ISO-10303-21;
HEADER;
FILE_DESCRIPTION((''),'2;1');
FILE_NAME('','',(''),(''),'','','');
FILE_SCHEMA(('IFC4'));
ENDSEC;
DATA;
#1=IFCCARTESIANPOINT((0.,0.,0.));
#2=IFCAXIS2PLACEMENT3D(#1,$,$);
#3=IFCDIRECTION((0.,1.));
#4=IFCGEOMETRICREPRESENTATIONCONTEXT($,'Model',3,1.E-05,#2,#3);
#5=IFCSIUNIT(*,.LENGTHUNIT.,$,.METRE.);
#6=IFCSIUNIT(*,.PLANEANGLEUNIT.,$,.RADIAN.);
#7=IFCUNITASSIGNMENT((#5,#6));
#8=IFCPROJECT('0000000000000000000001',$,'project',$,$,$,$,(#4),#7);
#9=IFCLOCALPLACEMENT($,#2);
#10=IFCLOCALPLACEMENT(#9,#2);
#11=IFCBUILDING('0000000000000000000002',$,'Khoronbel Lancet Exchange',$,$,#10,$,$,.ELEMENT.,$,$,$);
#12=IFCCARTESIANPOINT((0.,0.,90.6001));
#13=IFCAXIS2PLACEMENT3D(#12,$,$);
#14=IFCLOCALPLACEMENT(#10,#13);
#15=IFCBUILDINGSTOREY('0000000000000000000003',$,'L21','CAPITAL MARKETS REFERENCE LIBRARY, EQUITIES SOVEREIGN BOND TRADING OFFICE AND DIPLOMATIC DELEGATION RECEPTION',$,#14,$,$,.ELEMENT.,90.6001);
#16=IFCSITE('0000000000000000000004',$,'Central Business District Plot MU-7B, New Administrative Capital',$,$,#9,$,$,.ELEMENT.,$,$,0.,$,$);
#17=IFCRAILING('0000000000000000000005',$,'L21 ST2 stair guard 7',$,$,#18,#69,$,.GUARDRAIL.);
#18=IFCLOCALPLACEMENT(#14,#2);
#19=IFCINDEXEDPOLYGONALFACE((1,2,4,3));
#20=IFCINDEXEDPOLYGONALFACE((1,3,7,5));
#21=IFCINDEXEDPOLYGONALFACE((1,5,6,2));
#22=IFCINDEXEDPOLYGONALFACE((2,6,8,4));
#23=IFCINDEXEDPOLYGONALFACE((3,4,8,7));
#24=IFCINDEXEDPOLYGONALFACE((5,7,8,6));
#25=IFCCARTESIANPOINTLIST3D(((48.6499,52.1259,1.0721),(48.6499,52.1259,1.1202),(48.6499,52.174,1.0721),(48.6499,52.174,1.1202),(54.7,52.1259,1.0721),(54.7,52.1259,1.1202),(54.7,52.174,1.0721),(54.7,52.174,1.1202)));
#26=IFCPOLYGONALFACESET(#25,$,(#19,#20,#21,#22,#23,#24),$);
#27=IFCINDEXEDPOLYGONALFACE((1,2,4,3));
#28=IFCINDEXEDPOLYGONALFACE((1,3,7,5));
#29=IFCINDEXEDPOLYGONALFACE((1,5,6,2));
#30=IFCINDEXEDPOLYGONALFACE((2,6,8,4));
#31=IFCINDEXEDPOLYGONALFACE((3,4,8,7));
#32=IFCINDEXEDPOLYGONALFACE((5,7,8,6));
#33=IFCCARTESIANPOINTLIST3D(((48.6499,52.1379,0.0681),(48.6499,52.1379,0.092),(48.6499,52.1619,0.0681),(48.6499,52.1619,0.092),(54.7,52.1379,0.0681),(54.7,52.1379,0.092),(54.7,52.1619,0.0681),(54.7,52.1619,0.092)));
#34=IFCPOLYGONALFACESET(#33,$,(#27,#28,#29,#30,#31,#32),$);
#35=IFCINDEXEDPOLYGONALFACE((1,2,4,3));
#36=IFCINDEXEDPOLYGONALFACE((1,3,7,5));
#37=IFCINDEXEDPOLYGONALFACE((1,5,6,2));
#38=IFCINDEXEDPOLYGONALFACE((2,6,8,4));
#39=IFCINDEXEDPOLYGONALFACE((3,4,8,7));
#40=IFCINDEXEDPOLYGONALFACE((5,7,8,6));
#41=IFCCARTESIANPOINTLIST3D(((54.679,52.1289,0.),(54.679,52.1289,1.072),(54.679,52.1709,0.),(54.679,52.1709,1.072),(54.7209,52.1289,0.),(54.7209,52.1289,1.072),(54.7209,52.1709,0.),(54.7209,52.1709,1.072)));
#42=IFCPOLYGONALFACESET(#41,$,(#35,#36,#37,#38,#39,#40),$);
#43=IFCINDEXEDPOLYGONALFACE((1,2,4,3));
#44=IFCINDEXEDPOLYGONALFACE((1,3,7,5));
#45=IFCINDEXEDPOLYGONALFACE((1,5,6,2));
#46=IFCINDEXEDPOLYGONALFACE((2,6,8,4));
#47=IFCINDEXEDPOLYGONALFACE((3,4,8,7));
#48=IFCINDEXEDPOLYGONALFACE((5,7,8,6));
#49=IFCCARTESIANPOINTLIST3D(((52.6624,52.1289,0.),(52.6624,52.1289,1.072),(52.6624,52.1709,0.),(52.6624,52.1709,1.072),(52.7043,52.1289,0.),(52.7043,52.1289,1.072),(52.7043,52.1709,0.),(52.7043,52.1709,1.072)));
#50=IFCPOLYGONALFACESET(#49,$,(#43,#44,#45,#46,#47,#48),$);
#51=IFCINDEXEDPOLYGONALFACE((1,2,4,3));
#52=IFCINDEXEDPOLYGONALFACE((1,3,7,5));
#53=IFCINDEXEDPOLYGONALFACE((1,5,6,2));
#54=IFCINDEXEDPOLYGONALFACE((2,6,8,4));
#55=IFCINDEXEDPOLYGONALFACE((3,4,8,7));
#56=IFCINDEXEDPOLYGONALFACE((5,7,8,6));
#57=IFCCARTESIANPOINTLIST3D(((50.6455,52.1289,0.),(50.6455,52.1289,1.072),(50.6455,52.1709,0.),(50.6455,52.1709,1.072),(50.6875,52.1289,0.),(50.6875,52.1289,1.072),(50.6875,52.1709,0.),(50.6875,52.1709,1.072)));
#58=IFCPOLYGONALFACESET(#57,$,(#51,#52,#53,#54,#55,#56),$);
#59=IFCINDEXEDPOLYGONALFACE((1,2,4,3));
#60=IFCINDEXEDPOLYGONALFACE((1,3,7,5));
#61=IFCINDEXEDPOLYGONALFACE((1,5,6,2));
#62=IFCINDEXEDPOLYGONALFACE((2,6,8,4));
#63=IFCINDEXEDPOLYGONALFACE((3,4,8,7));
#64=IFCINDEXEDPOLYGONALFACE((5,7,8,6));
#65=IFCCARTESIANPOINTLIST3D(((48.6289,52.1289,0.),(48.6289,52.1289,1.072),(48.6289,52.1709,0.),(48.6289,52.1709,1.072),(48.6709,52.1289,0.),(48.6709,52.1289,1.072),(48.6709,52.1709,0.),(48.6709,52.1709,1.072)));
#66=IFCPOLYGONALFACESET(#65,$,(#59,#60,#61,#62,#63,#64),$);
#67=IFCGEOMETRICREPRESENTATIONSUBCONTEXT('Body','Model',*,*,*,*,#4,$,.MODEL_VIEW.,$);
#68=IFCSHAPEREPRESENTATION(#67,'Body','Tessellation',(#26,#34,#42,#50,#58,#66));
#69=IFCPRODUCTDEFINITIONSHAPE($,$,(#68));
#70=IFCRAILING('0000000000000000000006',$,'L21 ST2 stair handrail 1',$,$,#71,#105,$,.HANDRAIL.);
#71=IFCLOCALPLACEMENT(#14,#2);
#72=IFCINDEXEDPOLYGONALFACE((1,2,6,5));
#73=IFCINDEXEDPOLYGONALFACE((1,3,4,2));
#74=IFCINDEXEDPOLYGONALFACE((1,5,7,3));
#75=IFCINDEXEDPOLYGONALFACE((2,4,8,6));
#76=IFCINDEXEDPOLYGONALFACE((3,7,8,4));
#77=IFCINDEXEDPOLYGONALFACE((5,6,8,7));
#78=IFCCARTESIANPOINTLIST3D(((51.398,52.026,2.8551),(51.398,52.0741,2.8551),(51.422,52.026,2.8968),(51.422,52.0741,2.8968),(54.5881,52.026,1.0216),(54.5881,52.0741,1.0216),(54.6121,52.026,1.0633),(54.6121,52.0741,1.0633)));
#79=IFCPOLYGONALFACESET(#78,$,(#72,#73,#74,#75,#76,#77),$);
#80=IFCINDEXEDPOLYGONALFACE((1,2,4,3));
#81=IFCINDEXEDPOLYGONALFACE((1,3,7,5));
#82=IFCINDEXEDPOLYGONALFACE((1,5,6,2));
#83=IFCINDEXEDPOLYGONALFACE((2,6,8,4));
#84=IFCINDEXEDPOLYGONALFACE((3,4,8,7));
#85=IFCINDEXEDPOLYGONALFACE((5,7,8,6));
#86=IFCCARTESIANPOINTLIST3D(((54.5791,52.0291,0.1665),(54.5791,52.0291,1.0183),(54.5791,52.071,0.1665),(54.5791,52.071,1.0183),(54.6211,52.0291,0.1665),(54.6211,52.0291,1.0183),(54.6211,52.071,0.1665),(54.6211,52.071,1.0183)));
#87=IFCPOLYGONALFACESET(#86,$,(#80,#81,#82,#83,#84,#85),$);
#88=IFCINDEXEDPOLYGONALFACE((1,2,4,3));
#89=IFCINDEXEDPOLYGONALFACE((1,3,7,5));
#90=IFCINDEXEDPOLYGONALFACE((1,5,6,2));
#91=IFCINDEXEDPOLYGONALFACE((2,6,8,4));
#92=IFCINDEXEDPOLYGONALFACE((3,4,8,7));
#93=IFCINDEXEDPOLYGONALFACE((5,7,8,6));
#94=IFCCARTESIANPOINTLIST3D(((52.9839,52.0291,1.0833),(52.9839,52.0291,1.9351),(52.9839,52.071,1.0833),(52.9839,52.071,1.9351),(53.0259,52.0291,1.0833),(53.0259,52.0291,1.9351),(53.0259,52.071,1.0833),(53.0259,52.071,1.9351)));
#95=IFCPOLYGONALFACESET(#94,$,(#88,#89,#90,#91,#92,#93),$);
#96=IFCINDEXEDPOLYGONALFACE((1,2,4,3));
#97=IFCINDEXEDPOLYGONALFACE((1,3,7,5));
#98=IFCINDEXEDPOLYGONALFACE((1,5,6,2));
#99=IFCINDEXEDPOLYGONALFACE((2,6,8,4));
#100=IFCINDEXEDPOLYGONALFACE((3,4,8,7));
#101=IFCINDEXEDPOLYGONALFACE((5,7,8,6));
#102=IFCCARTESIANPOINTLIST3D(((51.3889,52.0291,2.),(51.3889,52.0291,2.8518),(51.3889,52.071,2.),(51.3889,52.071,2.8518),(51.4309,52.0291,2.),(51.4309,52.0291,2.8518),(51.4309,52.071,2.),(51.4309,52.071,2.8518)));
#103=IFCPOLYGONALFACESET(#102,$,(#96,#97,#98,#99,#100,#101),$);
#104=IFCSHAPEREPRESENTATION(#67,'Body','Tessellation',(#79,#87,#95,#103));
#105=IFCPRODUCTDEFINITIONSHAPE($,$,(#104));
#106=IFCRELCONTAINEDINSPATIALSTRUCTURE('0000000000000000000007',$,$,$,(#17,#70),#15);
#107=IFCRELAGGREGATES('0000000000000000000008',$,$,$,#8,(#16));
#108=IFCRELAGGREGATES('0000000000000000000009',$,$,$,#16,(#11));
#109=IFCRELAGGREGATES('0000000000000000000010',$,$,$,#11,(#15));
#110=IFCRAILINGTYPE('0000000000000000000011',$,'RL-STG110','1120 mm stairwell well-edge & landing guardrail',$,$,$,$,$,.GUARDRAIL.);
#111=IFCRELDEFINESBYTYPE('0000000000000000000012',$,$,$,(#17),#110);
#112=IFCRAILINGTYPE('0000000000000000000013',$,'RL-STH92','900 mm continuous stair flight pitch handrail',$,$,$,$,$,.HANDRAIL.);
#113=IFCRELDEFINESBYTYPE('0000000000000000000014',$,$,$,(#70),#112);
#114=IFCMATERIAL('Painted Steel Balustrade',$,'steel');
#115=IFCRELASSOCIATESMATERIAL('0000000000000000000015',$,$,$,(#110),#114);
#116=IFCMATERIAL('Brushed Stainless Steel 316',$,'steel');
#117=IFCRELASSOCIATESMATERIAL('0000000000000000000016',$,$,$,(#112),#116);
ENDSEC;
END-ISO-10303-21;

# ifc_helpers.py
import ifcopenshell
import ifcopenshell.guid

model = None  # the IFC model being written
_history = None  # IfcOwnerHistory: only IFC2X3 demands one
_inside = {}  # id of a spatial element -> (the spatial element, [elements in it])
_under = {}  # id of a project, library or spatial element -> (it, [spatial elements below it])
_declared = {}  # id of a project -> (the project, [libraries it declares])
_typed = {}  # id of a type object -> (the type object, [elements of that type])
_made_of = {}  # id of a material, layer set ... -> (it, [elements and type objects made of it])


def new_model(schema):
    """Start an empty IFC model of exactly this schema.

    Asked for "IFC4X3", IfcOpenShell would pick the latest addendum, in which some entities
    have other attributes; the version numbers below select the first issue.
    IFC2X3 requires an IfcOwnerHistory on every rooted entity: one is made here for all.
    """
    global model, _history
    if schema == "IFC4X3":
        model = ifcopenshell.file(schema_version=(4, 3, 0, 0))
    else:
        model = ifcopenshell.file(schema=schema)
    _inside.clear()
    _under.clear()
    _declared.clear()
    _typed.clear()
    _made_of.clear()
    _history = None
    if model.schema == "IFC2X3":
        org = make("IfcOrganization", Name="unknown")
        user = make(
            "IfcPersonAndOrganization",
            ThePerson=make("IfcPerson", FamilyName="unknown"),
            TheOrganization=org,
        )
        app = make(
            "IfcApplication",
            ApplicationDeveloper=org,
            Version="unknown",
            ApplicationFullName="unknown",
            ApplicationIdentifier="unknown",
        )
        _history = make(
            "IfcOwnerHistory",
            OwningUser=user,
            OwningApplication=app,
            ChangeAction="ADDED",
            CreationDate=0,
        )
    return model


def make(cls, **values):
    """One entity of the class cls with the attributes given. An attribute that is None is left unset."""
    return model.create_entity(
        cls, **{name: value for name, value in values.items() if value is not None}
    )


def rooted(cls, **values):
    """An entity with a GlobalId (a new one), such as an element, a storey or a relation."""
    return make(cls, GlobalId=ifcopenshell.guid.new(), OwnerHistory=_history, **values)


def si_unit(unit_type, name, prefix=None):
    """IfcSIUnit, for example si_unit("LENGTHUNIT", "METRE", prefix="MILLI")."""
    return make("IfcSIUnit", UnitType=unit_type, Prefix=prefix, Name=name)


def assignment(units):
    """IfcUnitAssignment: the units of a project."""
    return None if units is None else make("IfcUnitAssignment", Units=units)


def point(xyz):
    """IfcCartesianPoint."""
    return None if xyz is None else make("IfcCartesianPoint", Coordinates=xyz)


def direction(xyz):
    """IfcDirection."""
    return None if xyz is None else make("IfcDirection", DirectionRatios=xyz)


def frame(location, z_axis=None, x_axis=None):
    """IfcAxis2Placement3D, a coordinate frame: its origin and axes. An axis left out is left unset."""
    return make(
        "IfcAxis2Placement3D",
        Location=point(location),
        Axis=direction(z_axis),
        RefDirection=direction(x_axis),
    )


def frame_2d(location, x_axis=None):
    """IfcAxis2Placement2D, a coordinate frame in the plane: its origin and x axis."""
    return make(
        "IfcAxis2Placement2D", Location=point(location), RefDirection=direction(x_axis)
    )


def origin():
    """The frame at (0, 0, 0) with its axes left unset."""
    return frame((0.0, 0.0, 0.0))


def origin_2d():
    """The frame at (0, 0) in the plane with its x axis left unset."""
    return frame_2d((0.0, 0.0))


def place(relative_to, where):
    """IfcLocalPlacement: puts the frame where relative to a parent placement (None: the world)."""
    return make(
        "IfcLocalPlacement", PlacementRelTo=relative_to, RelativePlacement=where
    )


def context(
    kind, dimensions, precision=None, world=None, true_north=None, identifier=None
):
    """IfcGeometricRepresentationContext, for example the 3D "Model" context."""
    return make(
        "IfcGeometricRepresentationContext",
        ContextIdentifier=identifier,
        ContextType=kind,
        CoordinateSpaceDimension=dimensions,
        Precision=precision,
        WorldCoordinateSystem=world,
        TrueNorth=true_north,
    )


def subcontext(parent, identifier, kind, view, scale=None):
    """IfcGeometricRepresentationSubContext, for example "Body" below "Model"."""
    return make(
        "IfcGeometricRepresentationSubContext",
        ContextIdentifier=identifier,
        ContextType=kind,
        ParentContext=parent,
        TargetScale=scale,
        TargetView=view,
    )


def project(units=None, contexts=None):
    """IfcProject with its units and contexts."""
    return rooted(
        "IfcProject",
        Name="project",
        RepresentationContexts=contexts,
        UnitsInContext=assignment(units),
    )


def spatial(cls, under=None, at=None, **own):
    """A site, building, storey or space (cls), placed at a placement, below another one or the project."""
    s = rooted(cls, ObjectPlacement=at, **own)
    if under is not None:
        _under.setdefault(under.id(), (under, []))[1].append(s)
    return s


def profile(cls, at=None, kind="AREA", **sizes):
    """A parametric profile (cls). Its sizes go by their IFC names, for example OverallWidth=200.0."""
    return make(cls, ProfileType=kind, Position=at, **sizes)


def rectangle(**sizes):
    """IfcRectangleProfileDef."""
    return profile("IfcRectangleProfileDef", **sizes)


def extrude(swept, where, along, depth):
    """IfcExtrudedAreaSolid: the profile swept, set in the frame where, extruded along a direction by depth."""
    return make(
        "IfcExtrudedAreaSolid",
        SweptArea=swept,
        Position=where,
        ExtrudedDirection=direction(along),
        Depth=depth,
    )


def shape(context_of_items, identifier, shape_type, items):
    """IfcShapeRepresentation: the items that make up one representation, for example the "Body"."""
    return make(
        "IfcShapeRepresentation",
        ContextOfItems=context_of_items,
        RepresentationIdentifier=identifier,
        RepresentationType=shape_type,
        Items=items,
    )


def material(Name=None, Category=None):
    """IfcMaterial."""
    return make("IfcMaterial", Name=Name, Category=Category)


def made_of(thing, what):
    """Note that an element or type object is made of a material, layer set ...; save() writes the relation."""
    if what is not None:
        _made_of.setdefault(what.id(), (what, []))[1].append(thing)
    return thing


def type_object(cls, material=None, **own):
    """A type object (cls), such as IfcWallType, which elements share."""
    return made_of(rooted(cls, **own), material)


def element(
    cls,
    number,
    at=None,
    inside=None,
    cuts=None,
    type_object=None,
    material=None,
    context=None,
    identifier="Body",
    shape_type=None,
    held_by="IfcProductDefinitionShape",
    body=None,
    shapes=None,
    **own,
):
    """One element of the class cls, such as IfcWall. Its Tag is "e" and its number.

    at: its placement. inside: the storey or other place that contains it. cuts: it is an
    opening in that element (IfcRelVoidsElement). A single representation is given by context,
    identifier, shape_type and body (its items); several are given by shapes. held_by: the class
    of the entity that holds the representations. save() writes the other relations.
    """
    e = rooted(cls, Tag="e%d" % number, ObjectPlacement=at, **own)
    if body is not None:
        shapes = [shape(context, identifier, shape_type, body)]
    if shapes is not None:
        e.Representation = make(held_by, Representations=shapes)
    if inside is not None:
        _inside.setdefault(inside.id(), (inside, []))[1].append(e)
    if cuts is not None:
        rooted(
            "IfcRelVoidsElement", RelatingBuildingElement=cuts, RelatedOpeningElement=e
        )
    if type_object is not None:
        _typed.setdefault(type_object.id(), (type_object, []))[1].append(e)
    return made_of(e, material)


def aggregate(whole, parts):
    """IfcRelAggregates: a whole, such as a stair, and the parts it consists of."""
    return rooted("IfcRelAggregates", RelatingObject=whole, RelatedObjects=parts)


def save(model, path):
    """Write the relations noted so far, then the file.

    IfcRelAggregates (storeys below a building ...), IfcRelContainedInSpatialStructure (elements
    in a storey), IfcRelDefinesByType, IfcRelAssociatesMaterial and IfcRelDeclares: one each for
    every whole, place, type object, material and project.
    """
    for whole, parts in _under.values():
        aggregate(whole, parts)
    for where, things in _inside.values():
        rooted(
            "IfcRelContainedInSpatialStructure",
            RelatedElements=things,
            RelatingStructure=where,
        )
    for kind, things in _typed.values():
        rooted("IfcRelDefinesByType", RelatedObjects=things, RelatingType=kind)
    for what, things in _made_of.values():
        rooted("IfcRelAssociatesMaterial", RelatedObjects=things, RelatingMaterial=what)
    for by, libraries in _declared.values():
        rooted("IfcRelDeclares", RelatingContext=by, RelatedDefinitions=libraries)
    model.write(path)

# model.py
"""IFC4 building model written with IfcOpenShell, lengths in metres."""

from ifc_helpers import new_model, si_unit, direction, frame, origin, origin_2d, place, context, subcontext, project, spatial, rectangle, extrude, material, type_object, element, save


model = new_model("IFC4")

# Units and contexts
model_context = context("Model", 3, precision=1e-05, world=origin(), true_north=direction((0.0, 1.0)))
body_context = subcontext(model_context, "Body", "Model", "MODEL_VIEW")
ifc_project = project(units=[si_unit("LENGTHUNIT", "METRE"), si_unit("PLANEANGLEUNIT", "RADIAN")], contexts=[model_context])

# Site, building, storey
site_placement = place(None, origin())
site = spatial("IfcSite", under=ifc_project, at=site_placement, Name="Central Business District Plot MU-7B, New Administrative Capital", CompositionType="ELEMENT", RefElevation=0.0)
building_placement = place(site_placement, origin())
building = spatial("IfcBuilding", under=site, at=building_placement, Name="Khoronbel Lancet Exchange", CompositionType="ELEMENT")
storey_placement = place(building_placement, frame((0.0, 0.0, 90.6001)))
storey = spatial("IfcBuildingStorey", under=building, at=storey_placement, Name="L21", Description="CAPITAL MARKETS REFERENCE LIBRARY, EQUITIES SOVEREIGN BOND TRADING OFFICE AND DIPLOMATIC DELEGATION RECEPTION", CompositionType="ELEMENT", Elevation=90.6001)

# Railings
ifc_material_1 = material(Name="Painted Steel Balustrade", Category="steel")
railing_type_1 = type_object("IfcRailingType", Name="RL-STG110", Description="1120 mm stairwell well-edge & landing guardrail", PredefinedType="GUARDRAIL", material=ifc_material_1)
railing_1_placement = place(storey_placement, frame((54.7, 52.1499, 0.0)))
element("IfcRailing", 1, at=railing_1_placement, inside=storey, type_object=railing_type_1, Name="L21 ST2 stair guard 7", PredefinedType="GUARDRAIL", context=body_context, shape_type="SweptSolid", body=[
    extrude(rectangle(XDim=0.0481, YDim=0.0481, at=origin_2d()), frame((0.0, 0.0, 1.0962), z_axis=(-1.0, 0.0, 0.0), x_axis=(0.0, -1.0, 0.0)), (0.0, 0.0, 1.0), 6.05),
    extrude(rectangle(XDim=0.0239, YDim=0.0239, at=origin_2d()), frame((0.0, 0.0, 0.0801), z_axis=(-1.0, 0.0, 0.0), x_axis=(0.0, -1.0, 0.0)), (0.0, 0.0, 1.0), 6.05),
    extrude(rectangle(XDim=0.042, YDim=0.042, at=origin_2d()), origin(), (0.0, 0.0, 1.0), 1.072),
    extrude(rectangle(XDim=0.042, YDim=0.042, at=origin_2d()), frame((-2.0166, 0.0, 0.0)), (0.0, 0.0, 1.0), 1.072),
    extrude(rectangle(XDim=0.042, YDim=0.042, at=origin_2d()), frame((-4.0334, 0.0, 0.0)), (0.0, 0.0, 1.0), 1.072),
    extrude(rectangle(XDim=0.042, YDim=0.042, at=origin_2d()), frame((-6.05, 0.0, 0.0)), (0.0, 0.0, 1.0), 1.072),
])
ifc_material_2 = material(Name="Brushed Stainless Steel 316", Category="steel")
railing_type_2 = type_object("IfcRailingType", Name="RL-STH92", Description="900 mm continuous stair flight pitch handrail", PredefinedType="HANDRAIL", material=ifc_material_2)
railing_2_placement = place(storey_placement, frame((54.6001, 52.05, 0.1665)))
element("IfcRailing", 2, at=railing_2_placement, inside=storey, type_object=railing_type_2, Name="L21 ST2 stair handrail 1", PredefinedType="HANDRAIL", context=body_context, shape_type="SweptSolid", body=[
    extrude(rectangle(XDim=0.0481, YDim=0.0481, at=origin_2d()), frame((0.0, 0.0, 0.876), z_axis=(-0.867007, 0.0, 0.498295), x_axis=(0.0, -1.0, 0.0)), (0.0, 0.0, 1.0), 3.6794),
    extrude(rectangle(XDim=0.042, YDim=0.042, at=origin_2d()), origin(), (0.0, 0.0, 1.0), 0.8518),
    extrude(rectangle(XDim=0.042, YDim=0.042, at=origin_2d()), frame((-1.5952, 0.0, 0.9167)), (0.0, 0.0, 1.0), 0.8518),
    extrude(rectangle(XDim=0.042, YDim=0.042, at=origin_2d()), frame((-3.1902, 0.0, 1.8335)), (0.0, 0.0, 1.0), 0.8518),
])

save(model, "model.ifc")
